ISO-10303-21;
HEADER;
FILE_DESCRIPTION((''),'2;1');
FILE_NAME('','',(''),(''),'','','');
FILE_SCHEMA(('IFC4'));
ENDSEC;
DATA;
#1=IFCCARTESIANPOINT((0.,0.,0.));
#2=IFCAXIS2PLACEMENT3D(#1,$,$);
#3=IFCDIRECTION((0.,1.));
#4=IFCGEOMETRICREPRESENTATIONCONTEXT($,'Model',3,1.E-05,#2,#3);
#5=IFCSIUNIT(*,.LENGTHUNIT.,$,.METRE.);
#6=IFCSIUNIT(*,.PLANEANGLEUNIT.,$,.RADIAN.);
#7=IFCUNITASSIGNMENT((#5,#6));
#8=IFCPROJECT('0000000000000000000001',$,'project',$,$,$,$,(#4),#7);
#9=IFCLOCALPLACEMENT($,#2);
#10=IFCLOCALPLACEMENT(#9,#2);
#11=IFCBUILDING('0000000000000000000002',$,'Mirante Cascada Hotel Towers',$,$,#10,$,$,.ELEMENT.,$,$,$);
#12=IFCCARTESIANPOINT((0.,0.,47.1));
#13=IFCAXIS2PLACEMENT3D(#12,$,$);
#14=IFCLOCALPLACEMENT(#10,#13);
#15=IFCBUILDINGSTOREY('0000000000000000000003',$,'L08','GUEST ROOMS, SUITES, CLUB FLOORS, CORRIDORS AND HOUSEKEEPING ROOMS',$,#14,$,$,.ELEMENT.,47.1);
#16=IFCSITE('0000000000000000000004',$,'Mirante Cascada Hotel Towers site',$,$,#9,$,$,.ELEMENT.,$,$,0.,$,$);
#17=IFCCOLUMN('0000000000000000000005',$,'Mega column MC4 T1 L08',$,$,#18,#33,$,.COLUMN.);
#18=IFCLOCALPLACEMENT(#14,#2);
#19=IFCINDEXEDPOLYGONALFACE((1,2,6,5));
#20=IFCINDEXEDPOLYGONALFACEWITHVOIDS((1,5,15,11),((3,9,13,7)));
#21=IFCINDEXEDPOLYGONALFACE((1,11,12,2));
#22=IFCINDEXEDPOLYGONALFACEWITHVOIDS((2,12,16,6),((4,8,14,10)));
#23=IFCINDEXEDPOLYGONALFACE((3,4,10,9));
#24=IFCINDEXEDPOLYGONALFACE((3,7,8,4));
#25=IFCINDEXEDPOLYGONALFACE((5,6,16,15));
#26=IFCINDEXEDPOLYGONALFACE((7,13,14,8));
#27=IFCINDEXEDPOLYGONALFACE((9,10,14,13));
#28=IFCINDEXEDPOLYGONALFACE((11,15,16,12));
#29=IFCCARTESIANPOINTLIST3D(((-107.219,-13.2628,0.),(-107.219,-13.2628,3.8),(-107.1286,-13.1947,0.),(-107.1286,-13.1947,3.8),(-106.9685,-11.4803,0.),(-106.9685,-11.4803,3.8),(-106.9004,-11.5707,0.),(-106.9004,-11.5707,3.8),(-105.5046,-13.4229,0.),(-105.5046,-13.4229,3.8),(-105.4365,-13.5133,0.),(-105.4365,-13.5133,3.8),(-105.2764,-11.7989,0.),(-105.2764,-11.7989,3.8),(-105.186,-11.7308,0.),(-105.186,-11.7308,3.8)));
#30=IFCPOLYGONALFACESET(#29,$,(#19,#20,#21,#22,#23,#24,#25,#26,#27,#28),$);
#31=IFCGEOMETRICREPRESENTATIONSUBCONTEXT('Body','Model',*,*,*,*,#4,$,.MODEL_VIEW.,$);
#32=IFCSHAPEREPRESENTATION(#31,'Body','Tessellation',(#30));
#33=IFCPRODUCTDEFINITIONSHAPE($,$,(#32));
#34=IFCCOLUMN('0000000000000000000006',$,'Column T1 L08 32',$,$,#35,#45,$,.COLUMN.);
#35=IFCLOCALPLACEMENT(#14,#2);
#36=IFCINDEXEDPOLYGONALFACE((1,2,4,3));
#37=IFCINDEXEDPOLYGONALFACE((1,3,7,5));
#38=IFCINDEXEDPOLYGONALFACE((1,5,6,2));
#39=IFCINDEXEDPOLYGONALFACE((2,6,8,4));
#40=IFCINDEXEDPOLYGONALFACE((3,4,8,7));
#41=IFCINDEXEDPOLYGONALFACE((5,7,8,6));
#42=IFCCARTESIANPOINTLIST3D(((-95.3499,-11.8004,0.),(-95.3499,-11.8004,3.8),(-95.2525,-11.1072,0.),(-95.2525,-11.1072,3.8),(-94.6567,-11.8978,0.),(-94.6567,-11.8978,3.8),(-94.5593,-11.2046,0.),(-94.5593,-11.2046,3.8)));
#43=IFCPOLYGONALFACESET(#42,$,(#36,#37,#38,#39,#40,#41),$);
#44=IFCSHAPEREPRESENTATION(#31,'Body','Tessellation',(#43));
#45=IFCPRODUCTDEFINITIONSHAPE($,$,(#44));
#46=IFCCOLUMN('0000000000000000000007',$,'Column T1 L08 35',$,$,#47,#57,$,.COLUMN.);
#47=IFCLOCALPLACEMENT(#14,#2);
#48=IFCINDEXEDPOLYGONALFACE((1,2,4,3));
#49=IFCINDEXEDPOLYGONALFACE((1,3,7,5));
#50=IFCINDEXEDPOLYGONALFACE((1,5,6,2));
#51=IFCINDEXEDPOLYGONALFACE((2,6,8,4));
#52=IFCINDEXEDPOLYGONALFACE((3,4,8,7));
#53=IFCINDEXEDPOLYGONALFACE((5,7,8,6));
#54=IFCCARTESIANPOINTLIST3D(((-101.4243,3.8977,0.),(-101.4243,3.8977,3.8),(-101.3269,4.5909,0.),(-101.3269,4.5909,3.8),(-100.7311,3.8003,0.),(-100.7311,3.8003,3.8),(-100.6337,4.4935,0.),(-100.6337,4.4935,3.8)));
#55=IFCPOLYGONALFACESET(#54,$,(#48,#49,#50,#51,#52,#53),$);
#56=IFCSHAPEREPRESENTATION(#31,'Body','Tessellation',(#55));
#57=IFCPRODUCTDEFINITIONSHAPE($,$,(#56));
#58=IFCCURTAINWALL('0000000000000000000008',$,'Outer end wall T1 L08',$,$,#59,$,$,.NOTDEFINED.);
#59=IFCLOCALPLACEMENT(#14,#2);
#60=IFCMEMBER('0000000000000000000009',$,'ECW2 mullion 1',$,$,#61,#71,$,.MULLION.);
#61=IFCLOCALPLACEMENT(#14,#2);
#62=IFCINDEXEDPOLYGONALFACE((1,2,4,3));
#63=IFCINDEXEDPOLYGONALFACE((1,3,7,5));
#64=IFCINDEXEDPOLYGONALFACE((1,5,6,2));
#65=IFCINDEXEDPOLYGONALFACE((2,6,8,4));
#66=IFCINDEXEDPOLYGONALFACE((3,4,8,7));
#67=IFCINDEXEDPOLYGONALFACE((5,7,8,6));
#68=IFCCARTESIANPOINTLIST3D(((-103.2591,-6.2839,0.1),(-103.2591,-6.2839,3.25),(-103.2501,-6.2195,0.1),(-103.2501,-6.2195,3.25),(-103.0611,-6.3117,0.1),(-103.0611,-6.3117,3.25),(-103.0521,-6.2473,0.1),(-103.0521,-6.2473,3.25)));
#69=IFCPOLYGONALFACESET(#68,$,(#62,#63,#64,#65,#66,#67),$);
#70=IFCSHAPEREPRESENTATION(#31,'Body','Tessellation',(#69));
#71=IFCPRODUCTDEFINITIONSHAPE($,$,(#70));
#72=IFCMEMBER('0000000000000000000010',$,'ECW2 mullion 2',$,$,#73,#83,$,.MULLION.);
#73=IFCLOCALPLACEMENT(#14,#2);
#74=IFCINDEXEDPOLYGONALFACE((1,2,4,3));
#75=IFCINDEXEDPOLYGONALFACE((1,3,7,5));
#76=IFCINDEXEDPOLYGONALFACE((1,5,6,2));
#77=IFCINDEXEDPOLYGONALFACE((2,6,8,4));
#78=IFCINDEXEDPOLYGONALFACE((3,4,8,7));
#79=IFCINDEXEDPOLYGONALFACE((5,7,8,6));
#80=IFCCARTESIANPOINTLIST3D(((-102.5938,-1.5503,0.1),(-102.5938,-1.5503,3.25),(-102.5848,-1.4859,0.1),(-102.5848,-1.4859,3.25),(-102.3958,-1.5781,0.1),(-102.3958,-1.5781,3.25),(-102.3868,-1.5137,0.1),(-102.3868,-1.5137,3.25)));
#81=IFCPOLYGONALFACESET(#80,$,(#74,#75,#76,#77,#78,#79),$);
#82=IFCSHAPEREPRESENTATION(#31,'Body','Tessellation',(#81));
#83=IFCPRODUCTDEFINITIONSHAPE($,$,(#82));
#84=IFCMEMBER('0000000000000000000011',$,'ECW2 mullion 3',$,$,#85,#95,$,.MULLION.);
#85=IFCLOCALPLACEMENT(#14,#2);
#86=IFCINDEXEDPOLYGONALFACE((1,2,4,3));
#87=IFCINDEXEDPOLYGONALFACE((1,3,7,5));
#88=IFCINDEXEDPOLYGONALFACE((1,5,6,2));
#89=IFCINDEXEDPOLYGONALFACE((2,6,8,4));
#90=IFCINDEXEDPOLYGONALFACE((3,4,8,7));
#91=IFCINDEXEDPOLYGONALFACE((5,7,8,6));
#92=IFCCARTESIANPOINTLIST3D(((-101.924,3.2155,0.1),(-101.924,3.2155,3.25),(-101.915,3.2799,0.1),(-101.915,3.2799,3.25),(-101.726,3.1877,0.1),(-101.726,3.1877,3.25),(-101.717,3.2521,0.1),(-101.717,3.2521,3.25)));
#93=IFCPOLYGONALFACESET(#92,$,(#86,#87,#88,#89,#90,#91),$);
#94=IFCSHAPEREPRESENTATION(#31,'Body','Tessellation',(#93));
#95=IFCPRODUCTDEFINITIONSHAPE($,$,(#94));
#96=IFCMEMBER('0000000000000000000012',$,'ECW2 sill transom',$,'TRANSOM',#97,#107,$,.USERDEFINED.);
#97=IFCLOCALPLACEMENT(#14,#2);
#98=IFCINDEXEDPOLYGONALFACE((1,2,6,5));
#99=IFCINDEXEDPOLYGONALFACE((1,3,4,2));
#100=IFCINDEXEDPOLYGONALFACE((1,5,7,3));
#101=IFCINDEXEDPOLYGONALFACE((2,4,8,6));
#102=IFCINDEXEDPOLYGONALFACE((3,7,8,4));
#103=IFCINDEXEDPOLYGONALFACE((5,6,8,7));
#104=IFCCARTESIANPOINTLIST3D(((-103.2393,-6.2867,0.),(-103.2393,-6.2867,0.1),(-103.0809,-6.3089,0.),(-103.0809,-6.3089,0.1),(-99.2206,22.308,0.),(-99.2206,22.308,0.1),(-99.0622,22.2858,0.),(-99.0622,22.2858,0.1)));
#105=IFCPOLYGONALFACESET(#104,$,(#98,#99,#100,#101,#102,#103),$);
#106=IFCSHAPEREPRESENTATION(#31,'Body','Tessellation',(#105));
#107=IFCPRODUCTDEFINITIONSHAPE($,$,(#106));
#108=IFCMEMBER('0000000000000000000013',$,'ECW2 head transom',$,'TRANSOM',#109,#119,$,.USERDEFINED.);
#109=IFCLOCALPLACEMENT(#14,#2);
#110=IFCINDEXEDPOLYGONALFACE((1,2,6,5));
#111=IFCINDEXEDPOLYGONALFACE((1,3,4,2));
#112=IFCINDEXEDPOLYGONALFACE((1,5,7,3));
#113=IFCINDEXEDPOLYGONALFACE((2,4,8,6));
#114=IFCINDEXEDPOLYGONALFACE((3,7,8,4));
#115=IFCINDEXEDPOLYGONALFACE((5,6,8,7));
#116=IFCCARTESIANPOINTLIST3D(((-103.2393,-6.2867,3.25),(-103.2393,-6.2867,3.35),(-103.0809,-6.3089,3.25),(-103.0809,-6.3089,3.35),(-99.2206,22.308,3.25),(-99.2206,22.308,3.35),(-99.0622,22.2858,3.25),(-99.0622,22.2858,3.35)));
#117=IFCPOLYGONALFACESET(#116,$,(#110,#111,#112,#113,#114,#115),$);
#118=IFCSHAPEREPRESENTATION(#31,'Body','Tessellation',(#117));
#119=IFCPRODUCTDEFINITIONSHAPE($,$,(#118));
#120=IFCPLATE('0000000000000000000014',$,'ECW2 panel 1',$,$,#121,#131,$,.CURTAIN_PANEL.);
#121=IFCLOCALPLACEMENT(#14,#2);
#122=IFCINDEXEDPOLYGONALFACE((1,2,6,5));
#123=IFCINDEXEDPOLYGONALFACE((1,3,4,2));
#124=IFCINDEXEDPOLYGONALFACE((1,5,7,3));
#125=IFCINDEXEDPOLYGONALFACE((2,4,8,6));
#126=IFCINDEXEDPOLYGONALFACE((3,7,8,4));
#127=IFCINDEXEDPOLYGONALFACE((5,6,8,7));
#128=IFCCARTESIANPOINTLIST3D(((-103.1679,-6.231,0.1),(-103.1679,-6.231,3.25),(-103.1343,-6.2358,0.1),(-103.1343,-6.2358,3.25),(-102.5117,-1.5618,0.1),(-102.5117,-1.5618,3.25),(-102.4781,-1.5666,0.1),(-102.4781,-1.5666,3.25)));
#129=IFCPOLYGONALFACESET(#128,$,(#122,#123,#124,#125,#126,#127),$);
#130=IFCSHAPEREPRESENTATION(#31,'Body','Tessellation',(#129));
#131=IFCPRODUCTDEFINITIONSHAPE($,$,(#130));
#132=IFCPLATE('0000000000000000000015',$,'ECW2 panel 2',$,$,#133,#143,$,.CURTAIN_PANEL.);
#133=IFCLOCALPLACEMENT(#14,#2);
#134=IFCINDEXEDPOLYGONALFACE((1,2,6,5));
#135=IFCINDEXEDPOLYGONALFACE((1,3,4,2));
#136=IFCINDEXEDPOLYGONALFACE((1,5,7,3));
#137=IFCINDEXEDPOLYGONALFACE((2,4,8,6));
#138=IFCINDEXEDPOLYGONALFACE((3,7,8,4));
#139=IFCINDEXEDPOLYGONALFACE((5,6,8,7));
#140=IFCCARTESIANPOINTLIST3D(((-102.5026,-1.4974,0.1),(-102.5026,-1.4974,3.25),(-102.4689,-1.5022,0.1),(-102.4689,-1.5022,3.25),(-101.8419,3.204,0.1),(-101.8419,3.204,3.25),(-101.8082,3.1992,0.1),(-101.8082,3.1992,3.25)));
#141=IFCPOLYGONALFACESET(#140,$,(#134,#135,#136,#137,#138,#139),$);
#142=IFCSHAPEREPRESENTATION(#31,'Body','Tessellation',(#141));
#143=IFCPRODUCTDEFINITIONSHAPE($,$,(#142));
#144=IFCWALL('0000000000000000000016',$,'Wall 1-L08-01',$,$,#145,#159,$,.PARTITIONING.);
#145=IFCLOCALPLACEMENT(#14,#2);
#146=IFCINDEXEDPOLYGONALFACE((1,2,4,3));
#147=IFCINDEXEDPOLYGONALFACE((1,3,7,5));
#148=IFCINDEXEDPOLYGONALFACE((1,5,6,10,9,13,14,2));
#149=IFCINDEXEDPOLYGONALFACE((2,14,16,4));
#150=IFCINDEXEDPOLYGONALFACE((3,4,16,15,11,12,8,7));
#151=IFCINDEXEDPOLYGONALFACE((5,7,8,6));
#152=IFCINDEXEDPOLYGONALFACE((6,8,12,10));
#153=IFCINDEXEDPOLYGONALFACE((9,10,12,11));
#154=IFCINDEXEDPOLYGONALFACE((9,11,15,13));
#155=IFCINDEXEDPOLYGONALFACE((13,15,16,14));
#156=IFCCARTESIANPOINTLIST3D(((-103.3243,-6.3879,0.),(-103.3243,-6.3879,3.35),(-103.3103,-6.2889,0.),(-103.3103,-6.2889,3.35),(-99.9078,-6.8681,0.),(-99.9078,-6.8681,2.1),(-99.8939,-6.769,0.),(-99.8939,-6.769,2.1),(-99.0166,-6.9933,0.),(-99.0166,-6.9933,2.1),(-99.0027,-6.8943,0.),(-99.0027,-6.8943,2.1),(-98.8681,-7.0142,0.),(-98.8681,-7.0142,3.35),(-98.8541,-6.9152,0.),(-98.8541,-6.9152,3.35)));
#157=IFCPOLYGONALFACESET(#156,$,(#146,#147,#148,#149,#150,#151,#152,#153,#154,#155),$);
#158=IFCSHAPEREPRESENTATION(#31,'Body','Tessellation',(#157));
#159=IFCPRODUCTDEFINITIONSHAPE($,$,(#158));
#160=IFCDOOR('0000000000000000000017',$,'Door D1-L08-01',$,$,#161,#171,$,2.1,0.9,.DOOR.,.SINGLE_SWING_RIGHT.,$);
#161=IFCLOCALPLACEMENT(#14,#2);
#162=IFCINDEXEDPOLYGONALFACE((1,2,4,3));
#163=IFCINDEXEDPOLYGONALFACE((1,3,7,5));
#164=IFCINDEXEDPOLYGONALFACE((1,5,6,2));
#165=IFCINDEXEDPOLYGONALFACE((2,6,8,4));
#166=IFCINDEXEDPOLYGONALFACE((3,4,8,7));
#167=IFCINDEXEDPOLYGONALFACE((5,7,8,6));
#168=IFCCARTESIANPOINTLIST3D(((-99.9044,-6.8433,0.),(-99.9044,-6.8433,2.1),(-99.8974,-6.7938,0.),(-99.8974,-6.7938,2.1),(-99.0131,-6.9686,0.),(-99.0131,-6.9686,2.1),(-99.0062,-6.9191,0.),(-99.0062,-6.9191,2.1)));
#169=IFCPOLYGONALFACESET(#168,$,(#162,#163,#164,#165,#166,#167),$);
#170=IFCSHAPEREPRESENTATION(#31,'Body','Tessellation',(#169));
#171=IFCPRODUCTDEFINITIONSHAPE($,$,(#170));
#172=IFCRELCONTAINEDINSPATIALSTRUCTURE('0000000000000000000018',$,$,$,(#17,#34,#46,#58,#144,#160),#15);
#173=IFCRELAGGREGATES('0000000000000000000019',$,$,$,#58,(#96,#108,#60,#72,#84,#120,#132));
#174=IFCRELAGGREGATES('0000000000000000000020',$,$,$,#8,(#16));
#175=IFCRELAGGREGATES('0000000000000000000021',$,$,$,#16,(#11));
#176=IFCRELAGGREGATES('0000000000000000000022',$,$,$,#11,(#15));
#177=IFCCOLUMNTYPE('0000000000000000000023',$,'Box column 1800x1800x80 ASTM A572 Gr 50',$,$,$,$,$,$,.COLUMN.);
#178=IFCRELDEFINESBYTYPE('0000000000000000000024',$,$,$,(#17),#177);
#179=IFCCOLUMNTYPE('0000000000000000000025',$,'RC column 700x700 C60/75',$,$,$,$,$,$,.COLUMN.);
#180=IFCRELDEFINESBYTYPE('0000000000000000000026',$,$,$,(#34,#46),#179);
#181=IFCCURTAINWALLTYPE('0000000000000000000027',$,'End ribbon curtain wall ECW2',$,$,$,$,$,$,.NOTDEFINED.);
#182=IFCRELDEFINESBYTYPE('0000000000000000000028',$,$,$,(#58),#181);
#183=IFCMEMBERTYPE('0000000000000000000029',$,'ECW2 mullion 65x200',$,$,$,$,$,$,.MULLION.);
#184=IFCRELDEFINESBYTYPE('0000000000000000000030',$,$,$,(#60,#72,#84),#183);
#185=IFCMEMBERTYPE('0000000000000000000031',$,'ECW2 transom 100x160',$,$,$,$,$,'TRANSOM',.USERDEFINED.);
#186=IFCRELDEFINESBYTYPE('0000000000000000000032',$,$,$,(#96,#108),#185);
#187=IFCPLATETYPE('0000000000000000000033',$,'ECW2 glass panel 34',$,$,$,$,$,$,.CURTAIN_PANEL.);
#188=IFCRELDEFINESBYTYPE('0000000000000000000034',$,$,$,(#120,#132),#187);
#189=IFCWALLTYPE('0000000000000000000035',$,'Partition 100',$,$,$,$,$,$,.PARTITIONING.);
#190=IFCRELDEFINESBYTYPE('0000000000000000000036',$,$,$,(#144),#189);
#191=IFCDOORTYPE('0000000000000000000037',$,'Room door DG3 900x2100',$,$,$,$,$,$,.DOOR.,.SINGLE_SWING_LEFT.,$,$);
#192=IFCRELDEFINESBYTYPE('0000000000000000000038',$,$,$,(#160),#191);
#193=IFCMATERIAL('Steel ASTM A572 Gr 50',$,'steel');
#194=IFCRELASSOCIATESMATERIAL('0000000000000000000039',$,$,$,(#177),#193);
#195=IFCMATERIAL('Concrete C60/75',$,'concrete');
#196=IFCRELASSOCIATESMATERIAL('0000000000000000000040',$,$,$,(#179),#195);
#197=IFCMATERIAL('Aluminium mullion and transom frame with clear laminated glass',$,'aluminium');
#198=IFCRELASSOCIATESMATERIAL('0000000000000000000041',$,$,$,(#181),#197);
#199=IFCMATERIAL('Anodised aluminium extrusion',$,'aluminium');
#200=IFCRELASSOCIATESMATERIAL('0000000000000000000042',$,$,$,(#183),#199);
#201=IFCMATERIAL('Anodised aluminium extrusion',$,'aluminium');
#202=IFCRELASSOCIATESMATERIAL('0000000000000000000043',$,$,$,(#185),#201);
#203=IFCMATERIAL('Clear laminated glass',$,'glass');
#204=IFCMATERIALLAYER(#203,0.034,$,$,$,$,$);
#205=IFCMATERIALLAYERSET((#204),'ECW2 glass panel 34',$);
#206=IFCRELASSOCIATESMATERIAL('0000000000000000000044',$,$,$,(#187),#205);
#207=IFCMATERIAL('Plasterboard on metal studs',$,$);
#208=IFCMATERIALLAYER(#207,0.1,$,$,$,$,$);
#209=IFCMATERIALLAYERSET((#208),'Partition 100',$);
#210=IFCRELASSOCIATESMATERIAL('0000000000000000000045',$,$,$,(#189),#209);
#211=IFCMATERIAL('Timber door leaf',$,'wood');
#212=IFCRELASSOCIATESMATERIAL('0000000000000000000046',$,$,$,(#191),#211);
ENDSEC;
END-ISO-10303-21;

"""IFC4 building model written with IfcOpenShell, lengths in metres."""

from ifc_helpers import new_model, si_unit, direction, frame, frame_2d, origin, origin_2d, place, context, subcontext, project, spatial, rectangle, hollow_rectangle, extrude, material, layer, layer_set, material_profile, profile_set, type_object, element, fill, aggregate, save


model = new_model("IFC4")

# Units and contexts
model_context = context("Model", 3, precision=1e-05, world=origin(), true_north=direction((0.0, 1.0)))
body_context = subcontext(model_context, "Body", "Model", "MODEL_VIEW")
ifc_project = project(units=[si_unit("LENGTHUNIT", "METRE"), si_unit("PLANEANGLEUNIT", "RADIAN")], contexts=[model_context])

# Site, building, storey
site_placement = place(None, origin())
site = spatial("IfcSite", under=ifc_project, at=site_placement, Name="Mirante Cascada Hotel Towers site", CompositionType="ELEMENT", RefElevation=0.0)
building_placement = place(site_placement, origin())
building = spatial("IfcBuilding", under=site, at=building_placement, Name="Mirante Cascada Hotel Towers", CompositionType="ELEMENT")
storey_placement = place(building_placement, frame((0.0, 0.0, 47.1)))
storey = spatial("IfcBuildingStorey", under=building, at=storey_placement, Name="L08", Description="GUEST ROOMS, SUITES, CLUB FLOORS, CORRIDORS AND HOUSEKEEPING ROOMS", CompositionType="ELEMENT", Elevation=47.1)

# Columns
ifc_material_1 = material(Name="Steel ASTM A572 Gr 50", Category="steel")
ifc_material_profile_1 = material_profile(ifc_material_1, hollow_rectangle(XDim=1.8, YDim=1.8, WallThickness=0.08, at=origin_2d()), Name="Box column 1800x1800x80 ASTM A572 Gr 50")
ifc_profile_set_1 = profile_set([ifc_material_profile_1], Name="Steel ASTM A572 Gr 50")
column_type_1 = type_object("IfcColumnType", Name="Box column 1800x1800x80 ASTM A572 Gr 50", PredefinedType="COLUMN", material=ifc_profile_set_1)
column_placement = place(storey_placement, frame((-106.2025, -12.4968, 0.0), z_axis=(0.0, 0.0, 1.0), x_axis=(-0.990268, 0.139173, 0.0)))
element("IfcColumn", 1, at=column_placement, inside=storey, type_object=column_type_1, Name="Mega column MC4 T1 L08", PredefinedType="COLUMN", context=body_context, shape_type="SweptSolid", body=[
    extrude(hollow_rectangle(XDim=1.8, YDim=1.8, WallThickness=0.08, at=origin_2d()), origin(), (0.0, 0.0, 1.0), 3.8),
])
ifc_material_2 = material(Name="Concrete C60/75", Category="concrete")
ifc_material_profile_2 = material_profile(ifc_material_2, rectangle(XDim=0.7, YDim=0.7, at=origin_2d()), Name="RC column 700x700 C60/75")
ifc_profile_set_2 = profile_set([ifc_material_profile_2], Name="Concrete C60/75")
column_type_2 = type_object("IfcColumnType", Name="RC column 700x700 C60/75", PredefinedType="COLUMN", material=ifc_profile_set_2)
for number, where, z_axis, x_axis, name in (
    (2, (-94.9546, -11.5025, 0.0), (0.0, 0.0, 1.0), (-0.990268, 0.139173, 0.0), "Column T1 L08 32"),
    (3, (-101.029, 4.1956, 0.0), (0.0, 0.0, 1.0), (-0.990268, 0.139173, 0.0), "Column T1 L08 35"),
):
    element("IfcColumn", number, at=place(storey_placement, frame(where, z_axis=z_axis, x_axis=x_axis)), inside=storey, type_object=column_type_2, Name=name, PredefinedType="COLUMN", context=body_context, shape_type="SweptSolid", body=[
        extrude(rectangle(XDim=0.7, YDim=0.7, at=origin_2d()), origin(), (0.0, 0.0, 1.0), 3.8),
    ])

# Curtain wall, members, plates
ifc_material_3 = material(Name="Aluminium mullion and transom frame with clear laminated glass", Category="aluminium")
curtain_wall_type = type_object("IfcCurtainWallType", Name="End ribbon curtain wall ECW2", PredefinedType="NOTDEFINED", material=ifc_material_3)
curtain_wall_placement = place(storey_placement, origin())
curtain_wall = element("IfcCurtainWall", 4, at=curtain_wall_placement, inside=storey, type_object=curtain_wall_type, Name="Outer end wall T1 L08", PredefinedType="NOTDEFINED")
ifc_material_4 = material(Name="Anodised aluminium extrusion", Category="aluminium")
ifc_material_profile_3 = material_profile(ifc_material_4, rectangle(XDim=0.2, YDim=0.065, at=origin_2d()), Name="ECW2 MULLION 65x200")
ifc_profile_set_3 = profile_set([ifc_material_profile_3], Name="Anodised aluminium extrusion")
member_type_1 = type_object("IfcMemberType", Name="ECW2 mullion 65x200", PredefinedType="MULLION", material=ifc_profile_set_3)
member_1_placement = place(storey_placement, frame((-103.1556, -6.2656, 0.1), z_axis=(0.0, 0.0, 1.0), x_axis=(-0.990268, 0.139173, 0.0)))
member_1 = element("IfcMember", 5, at=member_1_placement, type_object=member_type_1, Name="ECW2 mullion 1", PredefinedType="MULLION", context=body_context, shape_type="SweptSolid", body=[
    extrude(rectangle(XDim=0.2, YDim=0.065, at=origin_2d()), origin(), (0.0, 0.0, 1.0), 3.15),
])
member_2_placement = place(storey_placement, frame((-102.4903, -1.532, 0.1), z_axis=(0.0, 0.0, 1.0), x_axis=(-0.990268, 0.139173, 0.0)))
member_2 = element("IfcMember", 6, at=member_2_placement, type_object=member_type_1, Name="ECW2 mullion 2", PredefinedType="MULLION", context=body_context, shape_type="SweptSolid", body=[
    extrude(rectangle(XDim=0.2, YDim=0.065, at=origin_2d()), origin(), (0.0, 0.0, 1.0), 3.15),
])
member_3_placement = place(storey_placement, frame((-101.8205, 3.2338, 0.1), z_axis=(0.0, 0.0, 1.0), x_axis=(-0.990268, 0.139173, 0.0)))
member_3 = element("IfcMember", 7, at=member_3_placement, type_object=member_type_1, Name="ECW2 mullion 3", PredefinedType="MULLION", context=body_context, shape_type="SweptSolid", body=[
    extrude(rectangle(XDim=0.2, YDim=0.065, at=origin_2d()), origin(), (0.0, 0.0, 1.0), 3.15),
])
ifc_material_5 = material(Name="Anodised aluminium extrusion", Category="aluminium")
ifc_material_profile_4 = material_profile(ifc_material_5, rectangle(XDim=0.16, YDim=0.1, at=origin_2d()), Name="ECW2 TRANSOM 100x160")
ifc_profile_set_4 = profile_set([ifc_material_profile_4], Name="Anodised aluminium extrusion")
member_type_2 = type_object("IfcMemberType", Name="ECW2 transom 100x160", ElementType="TRANSOM", PredefinedType="USERDEFINED", material=ifc_profile_set_4)
member_4_placement = place(storey_placement, frame((-103.1601, -6.2978, 0.05), z_axis=(0.139172, 0.990268, 0.0), x_axis=(-0.990268, 0.139172, 0.0)))
member_4 = element("IfcMember", 8, at=member_4_placement, type_object=member_type_2, Name="ECW2 sill transom", ObjectType="TRANSOM", PredefinedType="USERDEFINED", context=body_context, shape_type="SweptSolid", body=[
    extrude(rectangle(XDim=0.16, YDim=0.1, at=origin_2d()), origin(), (0.0, 0.0, 1.0), 28.8757),
])
member_5_placement = place(storey_placement, frame((-103.1601, -6.2978, 3.3), z_axis=(0.139172, 0.990268, 0.0), x_axis=(-0.990268, 0.139172, 0.0)))
member_5 = element("IfcMember", 9, at=member_5_placement, type_object=member_type_2, Name="ECW2 head transom", ObjectType="TRANSOM", PredefinedType="USERDEFINED", context=body_context, shape_type="SweptSolid", body=[
    extrude(rectangle(XDim=0.16, YDim=0.1, at=origin_2d()), origin(), (0.0, 0.0, 1.0), 28.8757),
])
ifc_material_6 = material(Name="Clear laminated glass", Category="glass")
ifc_layer_1 = layer(ifc_material_6, 0.034)
ifc_layer_set_1 = layer_set([ifc_layer_1], Name="ECW2 glass panel 34")
plate_type = type_object("IfcPlateType", Name="ECW2 glass panel 34", PredefinedType="CURTAIN_PANEL", material=ifc_layer_set_1)
plate_1_placement = place(storey_placement, frame((-102.823, -3.8988, 0.1), z_axis=(0.0, 0.0, 1.0), x_axis=(0.139173, 0.990268, 0.0)))
plate_1 = element("IfcPlate", 10, at=plate_1_placement, type_object=plate_type, Name="ECW2 panel 1", PredefinedType="CURTAIN_PANEL", context=body_context, shape_type="SweptSolid", body=[
    extrude(rectangle(XDim=4.7151, YDim=0.034, at=origin_2d()), origin(), (0.0, 0.0, 1.0), 3.15),
])
plate_2_placement = place(storey_placement, frame((-102.1554, 0.8509, 0.1), z_axis=(0.0, 0.0, 1.0), x_axis=(0.139173, 0.990268, 0.0)))
plate_2 = element("IfcPlate", 11, at=plate_2_placement, type_object=plate_type, Name="ECW2 panel 2", PredefinedType="CURTAIN_PANEL", context=body_context, shape_type="SweptSolid", body=[
    extrude(rectangle(XDim=4.7476, YDim=0.034, at=origin_2d()), origin(), (0.0, 0.0, 1.0), 3.15),
])
aggregate(curtain_wall, [member_4, member_5, member_1, member_2, member_3, plate_1, plate_2])

# Wall, opening, door
ifc_material_7 = material(Name="Plasterboard on metal studs")
ifc_layer_2 = layer(ifc_material_7, 0.1)
ifc_layer_set_2 = layer_set([ifc_layer_2], Name="Partition 100")
wall_type_1 = type_object("IfcWallType", Name="Partition 100", PredefinedType="PARTITIONING", material=ifc_layer_set_2)
wall_1_placement = place(storey_placement, frame((-98.8611, -6.9647, 0.0), z_axis=(0.0, 0.0, 1.0), x_axis=(-0.990267, 0.139178, 0.0)))
wall_1 = element("IfcWall", 12, at=wall_1_placement, inside=storey, type_object=wall_type_1, Name="Wall 1-L08-01", PredefinedType="PARTITIONING", context=body_context, shape_type="SweptSolid", body=[
    extrude(rectangle(XDim=4.5, YDim=0.1, at=frame_2d((2.25, 0.0))), origin(), (0.0, 0.0, 1.0), 3.35),
])
opening_1_placement = place(wall_1_placement, frame((0.15, 0.0, 0.0)))
opening_1 = element("IfcOpeningElement", 13, at=opening_1_placement, cuts=wall_1, PredefinedType="OPENING", context=body_context, shape_type="SweptSolid", body=[
    extrude(rectangle(XDim=0.9, YDim=2.1, at=frame_2d((0.45, 1.05))), frame((0.0, 0.05, 0.0), z_axis=(0.0, -1.0, 0.0), x_axis=(1.0, 0.0, 0.0)), (0.0, 0.0, 1.0), 0.1),
])
ifc_material_8 = material(Name="Timber door leaf", Category="wood")
door_type_1 = type_object("IfcDoorType", Name="Room door DG3 900x2100", OperationType="SINGLE_SWING_LEFT", PredefinedType="DOOR", material=ifc_material_8)
door_1_placement = place(opening_1_placement, frame((0.9, 0.0, 0.0), z_axis=(0.0, 0.0, 1.0), x_axis=(-1.0, 0.0, 0.0)))
door_1 = element("IfcDoor", 14, at=door_1_placement, inside=storey, type_object=door_type_1, Name="Door D1-L08-01", OperationType="SINGLE_SWING_RIGHT", OverallHeight=2.1, OverallWidth=0.9, PredefinedType="DOOR", context=body_context, shape_type="SweptSolid", body=[
    extrude(rectangle(XDim=0.9, YDim=2.1, at=frame_2d((0.45, 1.05))), frame((0.0, 0.025, 0.0), z_axis=(0.0, -1.0, 0.0), x_axis=(1.0, 0.0, 0.0)), (0.0, 0.0, 1.0), 0.05),
])
fill(opening_1, door_1)

save(model, "model.ifc")
